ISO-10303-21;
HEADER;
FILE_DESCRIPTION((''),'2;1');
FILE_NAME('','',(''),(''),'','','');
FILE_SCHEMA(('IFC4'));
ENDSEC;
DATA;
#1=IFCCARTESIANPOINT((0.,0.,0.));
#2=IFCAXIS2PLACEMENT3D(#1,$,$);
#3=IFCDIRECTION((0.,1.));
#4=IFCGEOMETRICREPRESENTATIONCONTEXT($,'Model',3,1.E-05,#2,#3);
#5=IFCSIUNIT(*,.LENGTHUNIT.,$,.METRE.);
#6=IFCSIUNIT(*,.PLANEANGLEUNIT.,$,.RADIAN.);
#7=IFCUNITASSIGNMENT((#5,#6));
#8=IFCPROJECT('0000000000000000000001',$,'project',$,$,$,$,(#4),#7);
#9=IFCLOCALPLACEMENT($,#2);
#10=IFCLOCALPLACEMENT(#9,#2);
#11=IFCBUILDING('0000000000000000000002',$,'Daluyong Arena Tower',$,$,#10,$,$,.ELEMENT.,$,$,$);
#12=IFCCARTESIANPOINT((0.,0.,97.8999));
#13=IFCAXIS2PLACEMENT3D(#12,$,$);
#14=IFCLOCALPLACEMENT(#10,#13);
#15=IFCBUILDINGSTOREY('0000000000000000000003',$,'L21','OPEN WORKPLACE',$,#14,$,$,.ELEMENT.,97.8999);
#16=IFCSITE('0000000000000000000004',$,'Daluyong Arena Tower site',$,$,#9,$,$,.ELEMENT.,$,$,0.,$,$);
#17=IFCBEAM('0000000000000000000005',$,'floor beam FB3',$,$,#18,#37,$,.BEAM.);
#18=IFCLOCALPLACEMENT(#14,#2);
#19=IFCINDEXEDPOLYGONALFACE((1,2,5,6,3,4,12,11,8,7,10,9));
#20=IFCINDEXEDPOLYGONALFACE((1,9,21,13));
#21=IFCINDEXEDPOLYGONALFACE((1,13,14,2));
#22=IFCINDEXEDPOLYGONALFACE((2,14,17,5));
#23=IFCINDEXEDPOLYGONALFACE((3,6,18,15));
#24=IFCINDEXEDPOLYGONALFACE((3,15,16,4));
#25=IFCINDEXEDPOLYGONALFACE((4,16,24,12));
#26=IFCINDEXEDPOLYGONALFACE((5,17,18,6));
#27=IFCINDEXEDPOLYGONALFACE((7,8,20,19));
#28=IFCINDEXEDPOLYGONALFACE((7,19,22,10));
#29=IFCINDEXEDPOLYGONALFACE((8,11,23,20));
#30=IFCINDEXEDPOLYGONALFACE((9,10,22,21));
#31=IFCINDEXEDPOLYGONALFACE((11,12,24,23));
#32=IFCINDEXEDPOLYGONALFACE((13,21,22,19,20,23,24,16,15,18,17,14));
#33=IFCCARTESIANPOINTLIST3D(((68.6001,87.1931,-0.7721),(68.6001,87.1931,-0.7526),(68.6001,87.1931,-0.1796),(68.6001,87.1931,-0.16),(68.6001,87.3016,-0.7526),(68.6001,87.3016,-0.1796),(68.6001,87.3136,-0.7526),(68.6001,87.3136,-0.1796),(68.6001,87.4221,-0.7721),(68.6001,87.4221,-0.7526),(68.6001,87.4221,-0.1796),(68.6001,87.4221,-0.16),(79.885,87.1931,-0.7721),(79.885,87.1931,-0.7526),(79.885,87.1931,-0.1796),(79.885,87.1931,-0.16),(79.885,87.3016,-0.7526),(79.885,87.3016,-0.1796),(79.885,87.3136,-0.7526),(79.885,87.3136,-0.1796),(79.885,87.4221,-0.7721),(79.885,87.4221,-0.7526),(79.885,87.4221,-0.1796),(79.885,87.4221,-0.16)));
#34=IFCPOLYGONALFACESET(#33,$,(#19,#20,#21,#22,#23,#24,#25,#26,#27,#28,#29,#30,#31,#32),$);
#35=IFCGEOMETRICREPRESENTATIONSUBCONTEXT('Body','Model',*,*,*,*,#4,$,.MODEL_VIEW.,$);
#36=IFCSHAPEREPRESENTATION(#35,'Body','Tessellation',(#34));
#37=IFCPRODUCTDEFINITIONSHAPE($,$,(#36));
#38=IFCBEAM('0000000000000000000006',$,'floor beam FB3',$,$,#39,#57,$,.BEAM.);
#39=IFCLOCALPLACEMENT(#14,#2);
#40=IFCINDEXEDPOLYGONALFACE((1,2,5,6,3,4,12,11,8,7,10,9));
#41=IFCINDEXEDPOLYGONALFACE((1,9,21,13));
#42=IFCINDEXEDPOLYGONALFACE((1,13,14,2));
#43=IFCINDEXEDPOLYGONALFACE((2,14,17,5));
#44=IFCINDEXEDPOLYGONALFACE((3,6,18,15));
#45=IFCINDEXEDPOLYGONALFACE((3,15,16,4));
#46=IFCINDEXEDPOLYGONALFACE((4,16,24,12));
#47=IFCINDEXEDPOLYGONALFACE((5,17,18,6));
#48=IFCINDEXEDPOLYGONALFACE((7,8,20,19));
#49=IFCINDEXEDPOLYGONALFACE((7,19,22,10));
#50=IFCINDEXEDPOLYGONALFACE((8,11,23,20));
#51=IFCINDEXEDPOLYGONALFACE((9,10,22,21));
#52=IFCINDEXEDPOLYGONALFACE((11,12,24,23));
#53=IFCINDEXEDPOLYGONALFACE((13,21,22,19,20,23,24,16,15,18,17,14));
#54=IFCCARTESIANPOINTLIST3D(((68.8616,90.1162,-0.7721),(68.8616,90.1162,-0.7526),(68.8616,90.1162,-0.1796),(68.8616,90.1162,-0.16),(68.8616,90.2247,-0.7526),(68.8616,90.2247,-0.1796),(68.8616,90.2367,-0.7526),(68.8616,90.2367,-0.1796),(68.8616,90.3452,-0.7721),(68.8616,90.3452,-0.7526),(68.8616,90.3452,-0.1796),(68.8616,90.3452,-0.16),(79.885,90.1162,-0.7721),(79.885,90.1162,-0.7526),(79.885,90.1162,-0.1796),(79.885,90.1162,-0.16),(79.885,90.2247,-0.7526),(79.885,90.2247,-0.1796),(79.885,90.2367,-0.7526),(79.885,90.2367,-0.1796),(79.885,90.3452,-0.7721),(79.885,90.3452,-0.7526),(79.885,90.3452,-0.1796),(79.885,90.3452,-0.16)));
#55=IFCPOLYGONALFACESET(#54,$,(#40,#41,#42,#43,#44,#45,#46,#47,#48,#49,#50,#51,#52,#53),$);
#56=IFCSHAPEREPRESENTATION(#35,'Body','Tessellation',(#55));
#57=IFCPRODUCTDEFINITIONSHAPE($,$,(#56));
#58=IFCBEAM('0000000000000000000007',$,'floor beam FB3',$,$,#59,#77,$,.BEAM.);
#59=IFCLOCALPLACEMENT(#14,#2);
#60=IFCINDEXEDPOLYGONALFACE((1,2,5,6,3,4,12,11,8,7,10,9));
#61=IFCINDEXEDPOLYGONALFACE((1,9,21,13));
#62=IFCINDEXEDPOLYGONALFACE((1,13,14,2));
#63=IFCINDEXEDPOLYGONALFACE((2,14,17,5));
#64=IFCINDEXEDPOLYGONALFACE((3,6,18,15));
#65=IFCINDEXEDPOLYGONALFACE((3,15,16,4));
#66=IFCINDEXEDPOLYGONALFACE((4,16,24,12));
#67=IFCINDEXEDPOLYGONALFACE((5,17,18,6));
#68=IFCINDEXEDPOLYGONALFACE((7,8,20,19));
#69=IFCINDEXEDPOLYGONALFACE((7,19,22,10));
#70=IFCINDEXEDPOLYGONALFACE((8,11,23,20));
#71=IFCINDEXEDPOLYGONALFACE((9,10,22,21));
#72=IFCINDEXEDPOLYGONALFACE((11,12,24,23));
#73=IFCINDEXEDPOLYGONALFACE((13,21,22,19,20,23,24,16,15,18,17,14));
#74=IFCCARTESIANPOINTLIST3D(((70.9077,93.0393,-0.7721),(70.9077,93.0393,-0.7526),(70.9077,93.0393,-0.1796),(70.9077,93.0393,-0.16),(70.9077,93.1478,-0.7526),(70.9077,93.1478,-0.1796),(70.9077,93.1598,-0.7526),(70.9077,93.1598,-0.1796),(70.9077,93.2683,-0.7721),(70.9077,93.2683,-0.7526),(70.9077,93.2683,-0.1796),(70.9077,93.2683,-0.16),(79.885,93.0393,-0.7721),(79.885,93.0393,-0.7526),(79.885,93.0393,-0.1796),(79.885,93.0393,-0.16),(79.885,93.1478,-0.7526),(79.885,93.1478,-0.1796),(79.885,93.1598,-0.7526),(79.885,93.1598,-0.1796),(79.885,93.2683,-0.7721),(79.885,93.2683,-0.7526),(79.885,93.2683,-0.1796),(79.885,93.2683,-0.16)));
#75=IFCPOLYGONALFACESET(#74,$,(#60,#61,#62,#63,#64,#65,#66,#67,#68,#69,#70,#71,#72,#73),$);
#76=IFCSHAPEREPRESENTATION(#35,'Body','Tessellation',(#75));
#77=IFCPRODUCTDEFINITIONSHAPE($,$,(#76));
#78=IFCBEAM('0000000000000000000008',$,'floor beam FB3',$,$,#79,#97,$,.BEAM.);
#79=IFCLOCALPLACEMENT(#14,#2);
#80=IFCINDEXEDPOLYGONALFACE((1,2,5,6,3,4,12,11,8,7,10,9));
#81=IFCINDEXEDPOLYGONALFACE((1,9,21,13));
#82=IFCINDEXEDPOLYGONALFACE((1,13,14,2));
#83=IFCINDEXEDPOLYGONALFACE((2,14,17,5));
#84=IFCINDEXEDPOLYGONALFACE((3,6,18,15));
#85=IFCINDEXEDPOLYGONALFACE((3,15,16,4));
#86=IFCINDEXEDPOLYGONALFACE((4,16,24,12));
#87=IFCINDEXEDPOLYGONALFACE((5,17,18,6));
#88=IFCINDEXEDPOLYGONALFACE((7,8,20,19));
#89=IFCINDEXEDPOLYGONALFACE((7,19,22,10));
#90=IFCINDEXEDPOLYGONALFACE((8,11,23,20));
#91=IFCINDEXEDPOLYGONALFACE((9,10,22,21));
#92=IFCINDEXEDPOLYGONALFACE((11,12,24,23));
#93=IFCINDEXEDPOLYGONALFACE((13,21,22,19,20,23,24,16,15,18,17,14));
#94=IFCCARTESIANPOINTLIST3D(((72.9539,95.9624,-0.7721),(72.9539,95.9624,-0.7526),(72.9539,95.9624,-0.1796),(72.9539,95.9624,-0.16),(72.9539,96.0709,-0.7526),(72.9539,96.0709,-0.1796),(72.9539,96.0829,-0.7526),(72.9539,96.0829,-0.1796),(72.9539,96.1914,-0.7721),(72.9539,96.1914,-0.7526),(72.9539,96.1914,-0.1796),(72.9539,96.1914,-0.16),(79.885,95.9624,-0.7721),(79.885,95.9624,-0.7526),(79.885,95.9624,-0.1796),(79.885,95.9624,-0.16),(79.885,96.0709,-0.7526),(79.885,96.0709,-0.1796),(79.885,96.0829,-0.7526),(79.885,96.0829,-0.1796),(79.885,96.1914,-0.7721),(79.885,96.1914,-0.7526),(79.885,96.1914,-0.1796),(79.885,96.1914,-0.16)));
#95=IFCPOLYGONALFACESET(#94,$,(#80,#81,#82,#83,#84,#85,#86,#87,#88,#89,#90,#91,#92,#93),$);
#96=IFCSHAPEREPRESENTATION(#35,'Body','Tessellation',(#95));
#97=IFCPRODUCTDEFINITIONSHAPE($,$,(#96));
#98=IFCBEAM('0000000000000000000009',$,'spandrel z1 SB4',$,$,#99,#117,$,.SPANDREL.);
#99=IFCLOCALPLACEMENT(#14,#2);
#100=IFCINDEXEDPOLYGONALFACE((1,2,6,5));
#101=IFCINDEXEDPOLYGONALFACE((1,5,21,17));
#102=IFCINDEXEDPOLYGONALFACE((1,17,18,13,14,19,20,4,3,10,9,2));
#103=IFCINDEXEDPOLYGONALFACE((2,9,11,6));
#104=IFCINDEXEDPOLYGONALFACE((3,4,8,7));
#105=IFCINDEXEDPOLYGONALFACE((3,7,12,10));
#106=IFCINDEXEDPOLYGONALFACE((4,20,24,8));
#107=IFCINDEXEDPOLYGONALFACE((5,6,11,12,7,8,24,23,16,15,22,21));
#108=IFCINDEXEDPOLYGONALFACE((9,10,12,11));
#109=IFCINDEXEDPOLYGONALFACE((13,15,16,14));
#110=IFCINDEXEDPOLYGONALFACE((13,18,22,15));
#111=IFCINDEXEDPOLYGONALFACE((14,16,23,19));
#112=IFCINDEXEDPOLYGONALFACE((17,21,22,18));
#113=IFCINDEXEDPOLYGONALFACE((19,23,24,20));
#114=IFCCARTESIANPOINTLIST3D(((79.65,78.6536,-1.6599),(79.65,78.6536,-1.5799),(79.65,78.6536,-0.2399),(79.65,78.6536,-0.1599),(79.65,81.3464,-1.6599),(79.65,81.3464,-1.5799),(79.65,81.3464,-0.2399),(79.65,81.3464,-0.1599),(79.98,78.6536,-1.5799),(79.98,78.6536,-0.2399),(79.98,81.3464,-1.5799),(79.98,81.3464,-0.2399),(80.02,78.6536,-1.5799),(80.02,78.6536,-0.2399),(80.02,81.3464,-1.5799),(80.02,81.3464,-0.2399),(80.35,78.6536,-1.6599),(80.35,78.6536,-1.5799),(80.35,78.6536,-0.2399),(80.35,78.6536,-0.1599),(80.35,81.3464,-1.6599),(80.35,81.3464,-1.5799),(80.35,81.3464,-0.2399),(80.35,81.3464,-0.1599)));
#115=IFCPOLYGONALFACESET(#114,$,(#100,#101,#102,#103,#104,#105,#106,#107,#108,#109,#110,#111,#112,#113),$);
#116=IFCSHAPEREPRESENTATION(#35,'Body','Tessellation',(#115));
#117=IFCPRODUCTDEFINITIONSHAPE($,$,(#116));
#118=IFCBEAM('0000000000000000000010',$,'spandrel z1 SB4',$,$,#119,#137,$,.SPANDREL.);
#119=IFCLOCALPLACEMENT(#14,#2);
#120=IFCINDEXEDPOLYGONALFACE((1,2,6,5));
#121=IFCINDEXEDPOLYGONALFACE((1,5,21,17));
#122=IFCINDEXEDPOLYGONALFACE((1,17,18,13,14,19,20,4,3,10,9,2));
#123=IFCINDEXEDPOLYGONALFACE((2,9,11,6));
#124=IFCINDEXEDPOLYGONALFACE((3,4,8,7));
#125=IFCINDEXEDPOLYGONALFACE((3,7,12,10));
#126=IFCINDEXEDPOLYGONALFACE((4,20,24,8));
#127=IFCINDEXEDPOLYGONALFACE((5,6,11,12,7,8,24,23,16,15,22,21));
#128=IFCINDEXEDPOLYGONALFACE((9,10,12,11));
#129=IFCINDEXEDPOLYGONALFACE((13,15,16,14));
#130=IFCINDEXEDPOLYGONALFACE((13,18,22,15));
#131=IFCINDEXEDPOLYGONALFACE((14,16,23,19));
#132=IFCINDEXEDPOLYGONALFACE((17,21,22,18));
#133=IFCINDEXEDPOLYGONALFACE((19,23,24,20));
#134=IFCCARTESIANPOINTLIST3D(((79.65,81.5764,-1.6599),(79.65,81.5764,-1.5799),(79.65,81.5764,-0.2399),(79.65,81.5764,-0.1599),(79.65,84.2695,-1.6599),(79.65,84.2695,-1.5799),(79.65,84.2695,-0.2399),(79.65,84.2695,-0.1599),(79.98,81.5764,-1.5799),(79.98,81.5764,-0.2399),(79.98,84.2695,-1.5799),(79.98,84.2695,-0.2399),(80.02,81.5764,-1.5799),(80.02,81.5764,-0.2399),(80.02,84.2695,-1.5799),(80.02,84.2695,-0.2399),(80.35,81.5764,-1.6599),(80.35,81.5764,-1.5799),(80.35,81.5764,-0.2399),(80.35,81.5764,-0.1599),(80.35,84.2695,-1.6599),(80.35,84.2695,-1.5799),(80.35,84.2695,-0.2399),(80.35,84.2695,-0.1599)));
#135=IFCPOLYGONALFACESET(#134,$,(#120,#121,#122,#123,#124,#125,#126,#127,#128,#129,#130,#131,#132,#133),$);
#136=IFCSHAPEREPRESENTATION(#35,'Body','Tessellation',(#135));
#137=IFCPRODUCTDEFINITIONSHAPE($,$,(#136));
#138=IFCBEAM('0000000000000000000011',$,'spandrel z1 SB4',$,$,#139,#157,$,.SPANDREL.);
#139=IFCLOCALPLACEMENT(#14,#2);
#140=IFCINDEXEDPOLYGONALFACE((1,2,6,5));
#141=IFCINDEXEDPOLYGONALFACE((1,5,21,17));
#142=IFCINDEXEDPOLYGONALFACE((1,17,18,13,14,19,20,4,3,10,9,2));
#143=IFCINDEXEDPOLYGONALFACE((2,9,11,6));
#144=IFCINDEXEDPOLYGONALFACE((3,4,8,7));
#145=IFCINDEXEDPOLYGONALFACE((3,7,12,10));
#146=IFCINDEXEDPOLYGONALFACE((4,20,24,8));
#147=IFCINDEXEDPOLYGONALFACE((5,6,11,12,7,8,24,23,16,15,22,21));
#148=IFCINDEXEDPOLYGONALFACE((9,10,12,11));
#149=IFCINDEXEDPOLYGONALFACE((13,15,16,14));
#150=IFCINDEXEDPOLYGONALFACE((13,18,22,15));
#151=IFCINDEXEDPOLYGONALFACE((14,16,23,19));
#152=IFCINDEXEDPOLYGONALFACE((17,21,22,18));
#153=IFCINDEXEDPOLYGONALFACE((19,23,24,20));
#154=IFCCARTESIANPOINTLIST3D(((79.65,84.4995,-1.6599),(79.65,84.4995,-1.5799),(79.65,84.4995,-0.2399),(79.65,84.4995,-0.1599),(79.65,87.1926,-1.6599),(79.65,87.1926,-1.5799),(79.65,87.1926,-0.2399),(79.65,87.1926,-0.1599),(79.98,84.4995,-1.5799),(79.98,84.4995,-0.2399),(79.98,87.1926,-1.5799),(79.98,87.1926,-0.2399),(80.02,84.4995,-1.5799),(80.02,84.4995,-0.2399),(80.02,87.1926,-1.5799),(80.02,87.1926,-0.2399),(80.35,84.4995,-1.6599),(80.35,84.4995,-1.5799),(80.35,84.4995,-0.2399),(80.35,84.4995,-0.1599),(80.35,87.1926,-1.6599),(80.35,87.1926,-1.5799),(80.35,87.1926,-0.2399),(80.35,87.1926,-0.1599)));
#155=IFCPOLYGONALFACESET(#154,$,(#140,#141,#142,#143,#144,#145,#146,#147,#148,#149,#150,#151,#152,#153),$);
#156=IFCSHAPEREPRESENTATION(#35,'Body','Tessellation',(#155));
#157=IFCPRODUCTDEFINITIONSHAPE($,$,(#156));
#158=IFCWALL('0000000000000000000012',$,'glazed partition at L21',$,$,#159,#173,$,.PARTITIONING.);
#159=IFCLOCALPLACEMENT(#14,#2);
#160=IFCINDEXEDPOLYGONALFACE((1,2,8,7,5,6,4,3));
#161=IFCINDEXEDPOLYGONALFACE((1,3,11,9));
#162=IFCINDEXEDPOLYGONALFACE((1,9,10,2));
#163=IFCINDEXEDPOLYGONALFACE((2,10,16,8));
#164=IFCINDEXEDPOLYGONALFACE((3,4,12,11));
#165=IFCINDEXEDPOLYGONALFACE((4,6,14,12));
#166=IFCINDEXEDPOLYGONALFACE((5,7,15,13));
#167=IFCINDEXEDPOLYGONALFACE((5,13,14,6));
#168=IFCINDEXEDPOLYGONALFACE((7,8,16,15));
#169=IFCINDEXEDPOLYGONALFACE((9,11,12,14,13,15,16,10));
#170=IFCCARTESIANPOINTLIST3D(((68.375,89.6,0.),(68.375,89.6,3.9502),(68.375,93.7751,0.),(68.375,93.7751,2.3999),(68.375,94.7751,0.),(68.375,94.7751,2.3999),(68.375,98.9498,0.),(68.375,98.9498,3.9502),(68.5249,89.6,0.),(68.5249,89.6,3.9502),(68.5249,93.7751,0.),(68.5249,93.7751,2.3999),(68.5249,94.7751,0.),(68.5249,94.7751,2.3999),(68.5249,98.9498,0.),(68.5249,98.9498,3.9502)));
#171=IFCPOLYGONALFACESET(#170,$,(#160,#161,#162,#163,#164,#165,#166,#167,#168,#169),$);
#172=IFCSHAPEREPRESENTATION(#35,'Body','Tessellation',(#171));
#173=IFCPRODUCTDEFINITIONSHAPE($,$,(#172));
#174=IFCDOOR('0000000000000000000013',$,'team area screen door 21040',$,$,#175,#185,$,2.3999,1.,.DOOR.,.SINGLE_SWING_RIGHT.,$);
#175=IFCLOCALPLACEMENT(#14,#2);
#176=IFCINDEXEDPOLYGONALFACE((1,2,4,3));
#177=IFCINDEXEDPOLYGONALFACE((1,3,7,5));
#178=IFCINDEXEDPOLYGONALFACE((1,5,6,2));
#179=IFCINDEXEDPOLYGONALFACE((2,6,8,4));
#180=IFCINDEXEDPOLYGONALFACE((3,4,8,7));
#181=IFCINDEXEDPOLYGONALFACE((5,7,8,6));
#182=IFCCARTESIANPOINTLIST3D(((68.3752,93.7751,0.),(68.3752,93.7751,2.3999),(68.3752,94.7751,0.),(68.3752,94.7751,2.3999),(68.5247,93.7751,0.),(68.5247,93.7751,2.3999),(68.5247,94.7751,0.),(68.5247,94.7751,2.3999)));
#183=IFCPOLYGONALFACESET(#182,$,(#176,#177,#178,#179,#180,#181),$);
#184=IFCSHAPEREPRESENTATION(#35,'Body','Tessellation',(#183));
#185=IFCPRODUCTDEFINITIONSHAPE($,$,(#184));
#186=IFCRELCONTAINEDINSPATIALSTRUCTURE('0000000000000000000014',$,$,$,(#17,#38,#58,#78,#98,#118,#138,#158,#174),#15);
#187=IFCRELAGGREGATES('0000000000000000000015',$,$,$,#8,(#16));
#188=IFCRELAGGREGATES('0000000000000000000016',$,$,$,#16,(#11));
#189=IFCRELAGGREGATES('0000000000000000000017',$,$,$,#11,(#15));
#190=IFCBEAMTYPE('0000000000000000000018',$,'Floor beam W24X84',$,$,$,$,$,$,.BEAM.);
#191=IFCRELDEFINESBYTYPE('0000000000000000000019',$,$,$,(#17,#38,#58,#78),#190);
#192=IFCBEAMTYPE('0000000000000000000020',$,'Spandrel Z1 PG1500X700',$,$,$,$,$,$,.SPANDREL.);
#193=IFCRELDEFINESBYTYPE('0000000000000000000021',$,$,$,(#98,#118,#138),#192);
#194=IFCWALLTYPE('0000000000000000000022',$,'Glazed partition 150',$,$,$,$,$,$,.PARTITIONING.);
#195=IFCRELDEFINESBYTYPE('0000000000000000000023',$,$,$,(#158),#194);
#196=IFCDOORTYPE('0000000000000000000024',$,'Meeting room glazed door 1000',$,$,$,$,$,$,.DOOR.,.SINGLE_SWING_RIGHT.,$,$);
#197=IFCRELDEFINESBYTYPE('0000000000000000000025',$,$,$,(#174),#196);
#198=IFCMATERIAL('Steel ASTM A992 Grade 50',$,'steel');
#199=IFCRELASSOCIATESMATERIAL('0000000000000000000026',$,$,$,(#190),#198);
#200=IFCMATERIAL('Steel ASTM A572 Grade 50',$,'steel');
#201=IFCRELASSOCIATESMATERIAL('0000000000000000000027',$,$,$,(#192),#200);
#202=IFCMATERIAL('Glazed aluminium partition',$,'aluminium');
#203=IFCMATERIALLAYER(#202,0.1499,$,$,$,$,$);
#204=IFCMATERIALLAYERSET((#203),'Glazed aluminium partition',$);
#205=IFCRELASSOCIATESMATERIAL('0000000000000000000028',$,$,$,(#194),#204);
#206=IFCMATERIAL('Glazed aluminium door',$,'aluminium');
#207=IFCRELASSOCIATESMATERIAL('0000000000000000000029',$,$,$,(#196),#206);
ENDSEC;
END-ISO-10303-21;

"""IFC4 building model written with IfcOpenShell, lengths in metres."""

from ifc_helpers import new_model, si_unit, direction, frame, frame_2d, origin, origin_2d, place, context, subcontext, project, spatial, rectangle, i_section, extrude, material, layer, layer_set, material_profile, profile_set, type_object, element, fill, save


model = new_model("IFC4")

# Units and contexts
model_context = context("Model", 3, precision=1e-05, world=origin(), true_north=direction((0.0, 1.0)))
body_context = subcontext(model_context, "Body", "Model", "MODEL_VIEW")
ifc_project = project(units=[si_unit("LENGTHUNIT", "METRE"), si_unit("PLANEANGLEUNIT", "RADIAN")], contexts=[model_context])

# Site, building, storey
site_placement = place(None, origin())
site = spatial("IfcSite", under=ifc_project, at=site_placement, Name="Daluyong Arena Tower site", CompositionType="ELEMENT", RefElevation=0.0)
building_placement = place(site_placement, origin())
building = spatial("IfcBuilding", under=site, at=building_placement, Name="Daluyong Arena Tower", CompositionType="ELEMENT")
storey_placement = place(building_placement, frame((0.0, 0.0, 97.8999)))
storey = spatial("IfcBuildingStorey", under=building, at=storey_placement, Name="L21", Description="OPEN WORKPLACE", CompositionType="ELEMENT", Elevation=97.8999)

# Beams
ifc_material_1 = material(Name="Steel ASTM A992 Grade 50", Category="steel")
ifc_material_profile_1 = material_profile(ifc_material_1, i_section(OverallWidth=0.229, OverallDepth=0.6121, WebThickness=0.012, FlangeThickness=0.0195, at=origin_2d()))
ifc_profile_set_1 = profile_set([ifc_material_profile_1], Name="Steel ASTM A992 Grade 50")
beam_type_1 = type_object("IfcBeamType", Name="Floor beam W24X84", PredefinedType="BEAM", material=ifc_profile_set_1)
for number, where, z_axis, x_axis, name in (
    (1, (79.885, 87.3076, -0.4661), (-1.0, 0.0, 0.0), (0.0, -1.0, 0.0), "floor beam FB3"),
):
    element("IfcBeam", number, at=place(storey_placement, frame(where, z_axis=z_axis, x_axis=x_axis)), inside=storey, type_object=beam_type_1, Name=name, PredefinedType="BEAM", context=body_context, shape_type="SweptSolid", body=[
        extrude(i_section(OverallWidth=0.229, OverallDepth=0.6121, WebThickness=0.012, FlangeThickness=0.0195, at=origin_2d()), origin(), (0.0, 0.0, 1.0), 11.2849),
    ])
beam_1_placement = place(storey_placement, frame((79.885, 90.2307, -0.4661), z_axis=(-1.0, 0.0, 0.0), x_axis=(0.0, -1.0, 0.0)))
element("IfcBeam", 2, at=beam_1_placement, inside=storey, type_object=beam_type_1, Name="floor beam FB3", PredefinedType="BEAM", context=body_context, shape_type="SweptSolid", body=[
    extrude(i_section(OverallWidth=0.229, OverallDepth=0.6121, WebThickness=0.012, FlangeThickness=0.0195, at=origin_2d()), origin(), (0.0, 0.0, 1.0), 11.0234),
])
beam_2_placement = place(storey_placement, frame((79.885, 93.1538, -0.4661), z_axis=(-1.0, 0.0, 0.0), x_axis=(0.0, -1.0, 0.0)))
element("IfcBeam", 3, at=beam_2_placement, inside=storey, type_object=beam_type_1, Name="floor beam FB3", PredefinedType="BEAM", context=body_context, shape_type="SweptSolid", body=[
    extrude(i_section(OverallWidth=0.229, OverallDepth=0.6121, WebThickness=0.012, FlangeThickness=0.0195, at=origin_2d()), origin(), (0.0, 0.0, 1.0), 8.9773),
])
beam_3_placement = place(storey_placement, frame((79.885, 96.0769, -0.4661), z_axis=(-1.0, 0.0, 0.0), x_axis=(0.0, -1.0, 0.0)))
element("IfcBeam", 4, at=beam_3_placement, inside=storey, type_object=beam_type_1, Name="floor beam FB3", PredefinedType="BEAM", context=body_context, shape_type="SweptSolid", body=[
    extrude(i_section(OverallWidth=0.229, OverallDepth=0.6121, WebThickness=0.012, FlangeThickness=0.0195, at=origin_2d()), origin(), (0.0, 0.0, 1.0), 6.9312),
])
ifc_material_2 = material(Name="Steel ASTM A572 Grade 50", Category="steel")
ifc_material_profile_2 = material_profile(ifc_material_2, i_section(OverallWidth=0.7, OverallDepth=1.5, WebThickness=0.04, FlangeThickness=0.08, at=origin_2d()))
ifc_profile_set_2 = profile_set([ifc_material_profile_2], Name="Steel ASTM A572 Grade 50")
beam_type_2 = type_object("IfcBeamType", Name="Spandrel Z1 PG1500X700", PredefinedType="SPANDREL", material=ifc_profile_set_2)
beam_4_placement = place(storey_placement, frame((80.0, 78.6536, -0.9099), z_axis=(0.0, 1.0, 0.0), x_axis=(-1.0, 0.0, 0.0)))
element("IfcBeam", 5, at=beam_4_placement, inside=storey, type_object=beam_type_2, Name="spandrel z1 SB4", PredefinedType="SPANDREL", context=body_context, shape_type="SweptSolid", body=[
    extrude(i_section(OverallWidth=0.7, OverallDepth=1.5, WebThickness=0.04, FlangeThickness=0.08, at=origin_2d()), origin(), (0.0, 0.0, 1.0), 2.6929),
])
for number, where, z_axis, x_axis, name in (
    (6, (80.0, 81.5764, -0.9099), (0.0, 1.0, 0.0), (-1.0, 0.0, 0.0), "spandrel z1 SB4"),
    (7, (80.0, 84.4995, -0.9099), (0.0, 1.0, 0.0), (-1.0, 0.0, 0.0), "spandrel z1 SB4"),
):
    element("IfcBeam", number, at=place(storey_placement, frame(where, z_axis=z_axis, x_axis=x_axis)), inside=storey, type_object=beam_type_2, Name=name, PredefinedType="SPANDREL", context=body_context, shape_type="SweptSolid", body=[
        extrude(i_section(OverallWidth=0.7, OverallDepth=1.5, WebThickness=0.04, FlangeThickness=0.08, at=origin_2d()), origin(), (0.0, 0.0, 1.0), 2.6931),
    ])

# Wall, opening, door
ifc_material_3 = material(Name="Glazed aluminium partition", Category="aluminium")
ifc_layer = layer(ifc_material_3, 0.1499)
ifc_layer_set = layer_set([ifc_layer], Name="Glazed aluminium partition")
wall_type = type_object("IfcWallType", Name="Glazed partition 150", PredefinedType="PARTITIONING", material=ifc_layer_set)
wall_placement = place(storey_placement, frame((68.45, 89.6001, 0.0), z_axis=(0.0, 0.0, 1.0), x_axis=(0.0, 1.0, 0.0)))
wall = element("IfcWall", 8, at=wall_placement, inside=storey, type_object=wall_type, Name="glazed partition at L21", PredefinedType="PARTITIONING", context=body_context, shape_type="SweptSolid", body=[
    extrude(rectangle(XDim=9.3499, YDim=0.1499, at=frame_2d((4.6748, 0.0))), origin(), (0.0, 0.0, 1.0), 3.9502),
])
opening_placement = place(wall_placement, frame((4.175, 0.0, 0.0)))
opening = element("IfcOpeningElement", 9, at=opening_placement, cuts=wall, PredefinedType="OPENING", context=body_context, shape_type="SweptSolid", body=[
    extrude(rectangle(XDim=1.0, YDim=2.3999, at=frame_2d((0.5, 1.2))), frame((0.0, 0.085, 0.0), z_axis=(0.0, -1.0, 0.0), x_axis=(1.0, 0.0, 0.0)), (0.0, 0.0, 1.0), 0.1699),
])
ifc_material_4 = material(Name="Glazed aluminium door", Category="aluminium")
door_type = type_object("IfcDoorType", Name="Meeting room glazed door 1000", OperationType="SINGLE_SWING_RIGHT", PredefinedType="DOOR", material=ifc_material_4)
door_placement = place(opening_placement, origin())
door = element("IfcDoor", 10, at=door_placement, inside=storey, type_object=door_type, Name="team area screen door 21040", OperationType="SINGLE_SWING_RIGHT", OverallHeight=2.3999, OverallWidth=1.0, PredefinedType="DOOR", context=body_context, shape_type="SweptSolid", body=[
    extrude(rectangle(XDim=1.0, YDim=2.3999, at=frame_2d((0.5, 1.2))), frame((0.0, 0.0747, 0.0), z_axis=(0.0, -1.0, 0.0), x_axis=(1.0, 0.0, 0.0)), (0.0, 0.0, 1.0), 0.1494),
])
fill(opening, door)

save(model, "model.ifc")
